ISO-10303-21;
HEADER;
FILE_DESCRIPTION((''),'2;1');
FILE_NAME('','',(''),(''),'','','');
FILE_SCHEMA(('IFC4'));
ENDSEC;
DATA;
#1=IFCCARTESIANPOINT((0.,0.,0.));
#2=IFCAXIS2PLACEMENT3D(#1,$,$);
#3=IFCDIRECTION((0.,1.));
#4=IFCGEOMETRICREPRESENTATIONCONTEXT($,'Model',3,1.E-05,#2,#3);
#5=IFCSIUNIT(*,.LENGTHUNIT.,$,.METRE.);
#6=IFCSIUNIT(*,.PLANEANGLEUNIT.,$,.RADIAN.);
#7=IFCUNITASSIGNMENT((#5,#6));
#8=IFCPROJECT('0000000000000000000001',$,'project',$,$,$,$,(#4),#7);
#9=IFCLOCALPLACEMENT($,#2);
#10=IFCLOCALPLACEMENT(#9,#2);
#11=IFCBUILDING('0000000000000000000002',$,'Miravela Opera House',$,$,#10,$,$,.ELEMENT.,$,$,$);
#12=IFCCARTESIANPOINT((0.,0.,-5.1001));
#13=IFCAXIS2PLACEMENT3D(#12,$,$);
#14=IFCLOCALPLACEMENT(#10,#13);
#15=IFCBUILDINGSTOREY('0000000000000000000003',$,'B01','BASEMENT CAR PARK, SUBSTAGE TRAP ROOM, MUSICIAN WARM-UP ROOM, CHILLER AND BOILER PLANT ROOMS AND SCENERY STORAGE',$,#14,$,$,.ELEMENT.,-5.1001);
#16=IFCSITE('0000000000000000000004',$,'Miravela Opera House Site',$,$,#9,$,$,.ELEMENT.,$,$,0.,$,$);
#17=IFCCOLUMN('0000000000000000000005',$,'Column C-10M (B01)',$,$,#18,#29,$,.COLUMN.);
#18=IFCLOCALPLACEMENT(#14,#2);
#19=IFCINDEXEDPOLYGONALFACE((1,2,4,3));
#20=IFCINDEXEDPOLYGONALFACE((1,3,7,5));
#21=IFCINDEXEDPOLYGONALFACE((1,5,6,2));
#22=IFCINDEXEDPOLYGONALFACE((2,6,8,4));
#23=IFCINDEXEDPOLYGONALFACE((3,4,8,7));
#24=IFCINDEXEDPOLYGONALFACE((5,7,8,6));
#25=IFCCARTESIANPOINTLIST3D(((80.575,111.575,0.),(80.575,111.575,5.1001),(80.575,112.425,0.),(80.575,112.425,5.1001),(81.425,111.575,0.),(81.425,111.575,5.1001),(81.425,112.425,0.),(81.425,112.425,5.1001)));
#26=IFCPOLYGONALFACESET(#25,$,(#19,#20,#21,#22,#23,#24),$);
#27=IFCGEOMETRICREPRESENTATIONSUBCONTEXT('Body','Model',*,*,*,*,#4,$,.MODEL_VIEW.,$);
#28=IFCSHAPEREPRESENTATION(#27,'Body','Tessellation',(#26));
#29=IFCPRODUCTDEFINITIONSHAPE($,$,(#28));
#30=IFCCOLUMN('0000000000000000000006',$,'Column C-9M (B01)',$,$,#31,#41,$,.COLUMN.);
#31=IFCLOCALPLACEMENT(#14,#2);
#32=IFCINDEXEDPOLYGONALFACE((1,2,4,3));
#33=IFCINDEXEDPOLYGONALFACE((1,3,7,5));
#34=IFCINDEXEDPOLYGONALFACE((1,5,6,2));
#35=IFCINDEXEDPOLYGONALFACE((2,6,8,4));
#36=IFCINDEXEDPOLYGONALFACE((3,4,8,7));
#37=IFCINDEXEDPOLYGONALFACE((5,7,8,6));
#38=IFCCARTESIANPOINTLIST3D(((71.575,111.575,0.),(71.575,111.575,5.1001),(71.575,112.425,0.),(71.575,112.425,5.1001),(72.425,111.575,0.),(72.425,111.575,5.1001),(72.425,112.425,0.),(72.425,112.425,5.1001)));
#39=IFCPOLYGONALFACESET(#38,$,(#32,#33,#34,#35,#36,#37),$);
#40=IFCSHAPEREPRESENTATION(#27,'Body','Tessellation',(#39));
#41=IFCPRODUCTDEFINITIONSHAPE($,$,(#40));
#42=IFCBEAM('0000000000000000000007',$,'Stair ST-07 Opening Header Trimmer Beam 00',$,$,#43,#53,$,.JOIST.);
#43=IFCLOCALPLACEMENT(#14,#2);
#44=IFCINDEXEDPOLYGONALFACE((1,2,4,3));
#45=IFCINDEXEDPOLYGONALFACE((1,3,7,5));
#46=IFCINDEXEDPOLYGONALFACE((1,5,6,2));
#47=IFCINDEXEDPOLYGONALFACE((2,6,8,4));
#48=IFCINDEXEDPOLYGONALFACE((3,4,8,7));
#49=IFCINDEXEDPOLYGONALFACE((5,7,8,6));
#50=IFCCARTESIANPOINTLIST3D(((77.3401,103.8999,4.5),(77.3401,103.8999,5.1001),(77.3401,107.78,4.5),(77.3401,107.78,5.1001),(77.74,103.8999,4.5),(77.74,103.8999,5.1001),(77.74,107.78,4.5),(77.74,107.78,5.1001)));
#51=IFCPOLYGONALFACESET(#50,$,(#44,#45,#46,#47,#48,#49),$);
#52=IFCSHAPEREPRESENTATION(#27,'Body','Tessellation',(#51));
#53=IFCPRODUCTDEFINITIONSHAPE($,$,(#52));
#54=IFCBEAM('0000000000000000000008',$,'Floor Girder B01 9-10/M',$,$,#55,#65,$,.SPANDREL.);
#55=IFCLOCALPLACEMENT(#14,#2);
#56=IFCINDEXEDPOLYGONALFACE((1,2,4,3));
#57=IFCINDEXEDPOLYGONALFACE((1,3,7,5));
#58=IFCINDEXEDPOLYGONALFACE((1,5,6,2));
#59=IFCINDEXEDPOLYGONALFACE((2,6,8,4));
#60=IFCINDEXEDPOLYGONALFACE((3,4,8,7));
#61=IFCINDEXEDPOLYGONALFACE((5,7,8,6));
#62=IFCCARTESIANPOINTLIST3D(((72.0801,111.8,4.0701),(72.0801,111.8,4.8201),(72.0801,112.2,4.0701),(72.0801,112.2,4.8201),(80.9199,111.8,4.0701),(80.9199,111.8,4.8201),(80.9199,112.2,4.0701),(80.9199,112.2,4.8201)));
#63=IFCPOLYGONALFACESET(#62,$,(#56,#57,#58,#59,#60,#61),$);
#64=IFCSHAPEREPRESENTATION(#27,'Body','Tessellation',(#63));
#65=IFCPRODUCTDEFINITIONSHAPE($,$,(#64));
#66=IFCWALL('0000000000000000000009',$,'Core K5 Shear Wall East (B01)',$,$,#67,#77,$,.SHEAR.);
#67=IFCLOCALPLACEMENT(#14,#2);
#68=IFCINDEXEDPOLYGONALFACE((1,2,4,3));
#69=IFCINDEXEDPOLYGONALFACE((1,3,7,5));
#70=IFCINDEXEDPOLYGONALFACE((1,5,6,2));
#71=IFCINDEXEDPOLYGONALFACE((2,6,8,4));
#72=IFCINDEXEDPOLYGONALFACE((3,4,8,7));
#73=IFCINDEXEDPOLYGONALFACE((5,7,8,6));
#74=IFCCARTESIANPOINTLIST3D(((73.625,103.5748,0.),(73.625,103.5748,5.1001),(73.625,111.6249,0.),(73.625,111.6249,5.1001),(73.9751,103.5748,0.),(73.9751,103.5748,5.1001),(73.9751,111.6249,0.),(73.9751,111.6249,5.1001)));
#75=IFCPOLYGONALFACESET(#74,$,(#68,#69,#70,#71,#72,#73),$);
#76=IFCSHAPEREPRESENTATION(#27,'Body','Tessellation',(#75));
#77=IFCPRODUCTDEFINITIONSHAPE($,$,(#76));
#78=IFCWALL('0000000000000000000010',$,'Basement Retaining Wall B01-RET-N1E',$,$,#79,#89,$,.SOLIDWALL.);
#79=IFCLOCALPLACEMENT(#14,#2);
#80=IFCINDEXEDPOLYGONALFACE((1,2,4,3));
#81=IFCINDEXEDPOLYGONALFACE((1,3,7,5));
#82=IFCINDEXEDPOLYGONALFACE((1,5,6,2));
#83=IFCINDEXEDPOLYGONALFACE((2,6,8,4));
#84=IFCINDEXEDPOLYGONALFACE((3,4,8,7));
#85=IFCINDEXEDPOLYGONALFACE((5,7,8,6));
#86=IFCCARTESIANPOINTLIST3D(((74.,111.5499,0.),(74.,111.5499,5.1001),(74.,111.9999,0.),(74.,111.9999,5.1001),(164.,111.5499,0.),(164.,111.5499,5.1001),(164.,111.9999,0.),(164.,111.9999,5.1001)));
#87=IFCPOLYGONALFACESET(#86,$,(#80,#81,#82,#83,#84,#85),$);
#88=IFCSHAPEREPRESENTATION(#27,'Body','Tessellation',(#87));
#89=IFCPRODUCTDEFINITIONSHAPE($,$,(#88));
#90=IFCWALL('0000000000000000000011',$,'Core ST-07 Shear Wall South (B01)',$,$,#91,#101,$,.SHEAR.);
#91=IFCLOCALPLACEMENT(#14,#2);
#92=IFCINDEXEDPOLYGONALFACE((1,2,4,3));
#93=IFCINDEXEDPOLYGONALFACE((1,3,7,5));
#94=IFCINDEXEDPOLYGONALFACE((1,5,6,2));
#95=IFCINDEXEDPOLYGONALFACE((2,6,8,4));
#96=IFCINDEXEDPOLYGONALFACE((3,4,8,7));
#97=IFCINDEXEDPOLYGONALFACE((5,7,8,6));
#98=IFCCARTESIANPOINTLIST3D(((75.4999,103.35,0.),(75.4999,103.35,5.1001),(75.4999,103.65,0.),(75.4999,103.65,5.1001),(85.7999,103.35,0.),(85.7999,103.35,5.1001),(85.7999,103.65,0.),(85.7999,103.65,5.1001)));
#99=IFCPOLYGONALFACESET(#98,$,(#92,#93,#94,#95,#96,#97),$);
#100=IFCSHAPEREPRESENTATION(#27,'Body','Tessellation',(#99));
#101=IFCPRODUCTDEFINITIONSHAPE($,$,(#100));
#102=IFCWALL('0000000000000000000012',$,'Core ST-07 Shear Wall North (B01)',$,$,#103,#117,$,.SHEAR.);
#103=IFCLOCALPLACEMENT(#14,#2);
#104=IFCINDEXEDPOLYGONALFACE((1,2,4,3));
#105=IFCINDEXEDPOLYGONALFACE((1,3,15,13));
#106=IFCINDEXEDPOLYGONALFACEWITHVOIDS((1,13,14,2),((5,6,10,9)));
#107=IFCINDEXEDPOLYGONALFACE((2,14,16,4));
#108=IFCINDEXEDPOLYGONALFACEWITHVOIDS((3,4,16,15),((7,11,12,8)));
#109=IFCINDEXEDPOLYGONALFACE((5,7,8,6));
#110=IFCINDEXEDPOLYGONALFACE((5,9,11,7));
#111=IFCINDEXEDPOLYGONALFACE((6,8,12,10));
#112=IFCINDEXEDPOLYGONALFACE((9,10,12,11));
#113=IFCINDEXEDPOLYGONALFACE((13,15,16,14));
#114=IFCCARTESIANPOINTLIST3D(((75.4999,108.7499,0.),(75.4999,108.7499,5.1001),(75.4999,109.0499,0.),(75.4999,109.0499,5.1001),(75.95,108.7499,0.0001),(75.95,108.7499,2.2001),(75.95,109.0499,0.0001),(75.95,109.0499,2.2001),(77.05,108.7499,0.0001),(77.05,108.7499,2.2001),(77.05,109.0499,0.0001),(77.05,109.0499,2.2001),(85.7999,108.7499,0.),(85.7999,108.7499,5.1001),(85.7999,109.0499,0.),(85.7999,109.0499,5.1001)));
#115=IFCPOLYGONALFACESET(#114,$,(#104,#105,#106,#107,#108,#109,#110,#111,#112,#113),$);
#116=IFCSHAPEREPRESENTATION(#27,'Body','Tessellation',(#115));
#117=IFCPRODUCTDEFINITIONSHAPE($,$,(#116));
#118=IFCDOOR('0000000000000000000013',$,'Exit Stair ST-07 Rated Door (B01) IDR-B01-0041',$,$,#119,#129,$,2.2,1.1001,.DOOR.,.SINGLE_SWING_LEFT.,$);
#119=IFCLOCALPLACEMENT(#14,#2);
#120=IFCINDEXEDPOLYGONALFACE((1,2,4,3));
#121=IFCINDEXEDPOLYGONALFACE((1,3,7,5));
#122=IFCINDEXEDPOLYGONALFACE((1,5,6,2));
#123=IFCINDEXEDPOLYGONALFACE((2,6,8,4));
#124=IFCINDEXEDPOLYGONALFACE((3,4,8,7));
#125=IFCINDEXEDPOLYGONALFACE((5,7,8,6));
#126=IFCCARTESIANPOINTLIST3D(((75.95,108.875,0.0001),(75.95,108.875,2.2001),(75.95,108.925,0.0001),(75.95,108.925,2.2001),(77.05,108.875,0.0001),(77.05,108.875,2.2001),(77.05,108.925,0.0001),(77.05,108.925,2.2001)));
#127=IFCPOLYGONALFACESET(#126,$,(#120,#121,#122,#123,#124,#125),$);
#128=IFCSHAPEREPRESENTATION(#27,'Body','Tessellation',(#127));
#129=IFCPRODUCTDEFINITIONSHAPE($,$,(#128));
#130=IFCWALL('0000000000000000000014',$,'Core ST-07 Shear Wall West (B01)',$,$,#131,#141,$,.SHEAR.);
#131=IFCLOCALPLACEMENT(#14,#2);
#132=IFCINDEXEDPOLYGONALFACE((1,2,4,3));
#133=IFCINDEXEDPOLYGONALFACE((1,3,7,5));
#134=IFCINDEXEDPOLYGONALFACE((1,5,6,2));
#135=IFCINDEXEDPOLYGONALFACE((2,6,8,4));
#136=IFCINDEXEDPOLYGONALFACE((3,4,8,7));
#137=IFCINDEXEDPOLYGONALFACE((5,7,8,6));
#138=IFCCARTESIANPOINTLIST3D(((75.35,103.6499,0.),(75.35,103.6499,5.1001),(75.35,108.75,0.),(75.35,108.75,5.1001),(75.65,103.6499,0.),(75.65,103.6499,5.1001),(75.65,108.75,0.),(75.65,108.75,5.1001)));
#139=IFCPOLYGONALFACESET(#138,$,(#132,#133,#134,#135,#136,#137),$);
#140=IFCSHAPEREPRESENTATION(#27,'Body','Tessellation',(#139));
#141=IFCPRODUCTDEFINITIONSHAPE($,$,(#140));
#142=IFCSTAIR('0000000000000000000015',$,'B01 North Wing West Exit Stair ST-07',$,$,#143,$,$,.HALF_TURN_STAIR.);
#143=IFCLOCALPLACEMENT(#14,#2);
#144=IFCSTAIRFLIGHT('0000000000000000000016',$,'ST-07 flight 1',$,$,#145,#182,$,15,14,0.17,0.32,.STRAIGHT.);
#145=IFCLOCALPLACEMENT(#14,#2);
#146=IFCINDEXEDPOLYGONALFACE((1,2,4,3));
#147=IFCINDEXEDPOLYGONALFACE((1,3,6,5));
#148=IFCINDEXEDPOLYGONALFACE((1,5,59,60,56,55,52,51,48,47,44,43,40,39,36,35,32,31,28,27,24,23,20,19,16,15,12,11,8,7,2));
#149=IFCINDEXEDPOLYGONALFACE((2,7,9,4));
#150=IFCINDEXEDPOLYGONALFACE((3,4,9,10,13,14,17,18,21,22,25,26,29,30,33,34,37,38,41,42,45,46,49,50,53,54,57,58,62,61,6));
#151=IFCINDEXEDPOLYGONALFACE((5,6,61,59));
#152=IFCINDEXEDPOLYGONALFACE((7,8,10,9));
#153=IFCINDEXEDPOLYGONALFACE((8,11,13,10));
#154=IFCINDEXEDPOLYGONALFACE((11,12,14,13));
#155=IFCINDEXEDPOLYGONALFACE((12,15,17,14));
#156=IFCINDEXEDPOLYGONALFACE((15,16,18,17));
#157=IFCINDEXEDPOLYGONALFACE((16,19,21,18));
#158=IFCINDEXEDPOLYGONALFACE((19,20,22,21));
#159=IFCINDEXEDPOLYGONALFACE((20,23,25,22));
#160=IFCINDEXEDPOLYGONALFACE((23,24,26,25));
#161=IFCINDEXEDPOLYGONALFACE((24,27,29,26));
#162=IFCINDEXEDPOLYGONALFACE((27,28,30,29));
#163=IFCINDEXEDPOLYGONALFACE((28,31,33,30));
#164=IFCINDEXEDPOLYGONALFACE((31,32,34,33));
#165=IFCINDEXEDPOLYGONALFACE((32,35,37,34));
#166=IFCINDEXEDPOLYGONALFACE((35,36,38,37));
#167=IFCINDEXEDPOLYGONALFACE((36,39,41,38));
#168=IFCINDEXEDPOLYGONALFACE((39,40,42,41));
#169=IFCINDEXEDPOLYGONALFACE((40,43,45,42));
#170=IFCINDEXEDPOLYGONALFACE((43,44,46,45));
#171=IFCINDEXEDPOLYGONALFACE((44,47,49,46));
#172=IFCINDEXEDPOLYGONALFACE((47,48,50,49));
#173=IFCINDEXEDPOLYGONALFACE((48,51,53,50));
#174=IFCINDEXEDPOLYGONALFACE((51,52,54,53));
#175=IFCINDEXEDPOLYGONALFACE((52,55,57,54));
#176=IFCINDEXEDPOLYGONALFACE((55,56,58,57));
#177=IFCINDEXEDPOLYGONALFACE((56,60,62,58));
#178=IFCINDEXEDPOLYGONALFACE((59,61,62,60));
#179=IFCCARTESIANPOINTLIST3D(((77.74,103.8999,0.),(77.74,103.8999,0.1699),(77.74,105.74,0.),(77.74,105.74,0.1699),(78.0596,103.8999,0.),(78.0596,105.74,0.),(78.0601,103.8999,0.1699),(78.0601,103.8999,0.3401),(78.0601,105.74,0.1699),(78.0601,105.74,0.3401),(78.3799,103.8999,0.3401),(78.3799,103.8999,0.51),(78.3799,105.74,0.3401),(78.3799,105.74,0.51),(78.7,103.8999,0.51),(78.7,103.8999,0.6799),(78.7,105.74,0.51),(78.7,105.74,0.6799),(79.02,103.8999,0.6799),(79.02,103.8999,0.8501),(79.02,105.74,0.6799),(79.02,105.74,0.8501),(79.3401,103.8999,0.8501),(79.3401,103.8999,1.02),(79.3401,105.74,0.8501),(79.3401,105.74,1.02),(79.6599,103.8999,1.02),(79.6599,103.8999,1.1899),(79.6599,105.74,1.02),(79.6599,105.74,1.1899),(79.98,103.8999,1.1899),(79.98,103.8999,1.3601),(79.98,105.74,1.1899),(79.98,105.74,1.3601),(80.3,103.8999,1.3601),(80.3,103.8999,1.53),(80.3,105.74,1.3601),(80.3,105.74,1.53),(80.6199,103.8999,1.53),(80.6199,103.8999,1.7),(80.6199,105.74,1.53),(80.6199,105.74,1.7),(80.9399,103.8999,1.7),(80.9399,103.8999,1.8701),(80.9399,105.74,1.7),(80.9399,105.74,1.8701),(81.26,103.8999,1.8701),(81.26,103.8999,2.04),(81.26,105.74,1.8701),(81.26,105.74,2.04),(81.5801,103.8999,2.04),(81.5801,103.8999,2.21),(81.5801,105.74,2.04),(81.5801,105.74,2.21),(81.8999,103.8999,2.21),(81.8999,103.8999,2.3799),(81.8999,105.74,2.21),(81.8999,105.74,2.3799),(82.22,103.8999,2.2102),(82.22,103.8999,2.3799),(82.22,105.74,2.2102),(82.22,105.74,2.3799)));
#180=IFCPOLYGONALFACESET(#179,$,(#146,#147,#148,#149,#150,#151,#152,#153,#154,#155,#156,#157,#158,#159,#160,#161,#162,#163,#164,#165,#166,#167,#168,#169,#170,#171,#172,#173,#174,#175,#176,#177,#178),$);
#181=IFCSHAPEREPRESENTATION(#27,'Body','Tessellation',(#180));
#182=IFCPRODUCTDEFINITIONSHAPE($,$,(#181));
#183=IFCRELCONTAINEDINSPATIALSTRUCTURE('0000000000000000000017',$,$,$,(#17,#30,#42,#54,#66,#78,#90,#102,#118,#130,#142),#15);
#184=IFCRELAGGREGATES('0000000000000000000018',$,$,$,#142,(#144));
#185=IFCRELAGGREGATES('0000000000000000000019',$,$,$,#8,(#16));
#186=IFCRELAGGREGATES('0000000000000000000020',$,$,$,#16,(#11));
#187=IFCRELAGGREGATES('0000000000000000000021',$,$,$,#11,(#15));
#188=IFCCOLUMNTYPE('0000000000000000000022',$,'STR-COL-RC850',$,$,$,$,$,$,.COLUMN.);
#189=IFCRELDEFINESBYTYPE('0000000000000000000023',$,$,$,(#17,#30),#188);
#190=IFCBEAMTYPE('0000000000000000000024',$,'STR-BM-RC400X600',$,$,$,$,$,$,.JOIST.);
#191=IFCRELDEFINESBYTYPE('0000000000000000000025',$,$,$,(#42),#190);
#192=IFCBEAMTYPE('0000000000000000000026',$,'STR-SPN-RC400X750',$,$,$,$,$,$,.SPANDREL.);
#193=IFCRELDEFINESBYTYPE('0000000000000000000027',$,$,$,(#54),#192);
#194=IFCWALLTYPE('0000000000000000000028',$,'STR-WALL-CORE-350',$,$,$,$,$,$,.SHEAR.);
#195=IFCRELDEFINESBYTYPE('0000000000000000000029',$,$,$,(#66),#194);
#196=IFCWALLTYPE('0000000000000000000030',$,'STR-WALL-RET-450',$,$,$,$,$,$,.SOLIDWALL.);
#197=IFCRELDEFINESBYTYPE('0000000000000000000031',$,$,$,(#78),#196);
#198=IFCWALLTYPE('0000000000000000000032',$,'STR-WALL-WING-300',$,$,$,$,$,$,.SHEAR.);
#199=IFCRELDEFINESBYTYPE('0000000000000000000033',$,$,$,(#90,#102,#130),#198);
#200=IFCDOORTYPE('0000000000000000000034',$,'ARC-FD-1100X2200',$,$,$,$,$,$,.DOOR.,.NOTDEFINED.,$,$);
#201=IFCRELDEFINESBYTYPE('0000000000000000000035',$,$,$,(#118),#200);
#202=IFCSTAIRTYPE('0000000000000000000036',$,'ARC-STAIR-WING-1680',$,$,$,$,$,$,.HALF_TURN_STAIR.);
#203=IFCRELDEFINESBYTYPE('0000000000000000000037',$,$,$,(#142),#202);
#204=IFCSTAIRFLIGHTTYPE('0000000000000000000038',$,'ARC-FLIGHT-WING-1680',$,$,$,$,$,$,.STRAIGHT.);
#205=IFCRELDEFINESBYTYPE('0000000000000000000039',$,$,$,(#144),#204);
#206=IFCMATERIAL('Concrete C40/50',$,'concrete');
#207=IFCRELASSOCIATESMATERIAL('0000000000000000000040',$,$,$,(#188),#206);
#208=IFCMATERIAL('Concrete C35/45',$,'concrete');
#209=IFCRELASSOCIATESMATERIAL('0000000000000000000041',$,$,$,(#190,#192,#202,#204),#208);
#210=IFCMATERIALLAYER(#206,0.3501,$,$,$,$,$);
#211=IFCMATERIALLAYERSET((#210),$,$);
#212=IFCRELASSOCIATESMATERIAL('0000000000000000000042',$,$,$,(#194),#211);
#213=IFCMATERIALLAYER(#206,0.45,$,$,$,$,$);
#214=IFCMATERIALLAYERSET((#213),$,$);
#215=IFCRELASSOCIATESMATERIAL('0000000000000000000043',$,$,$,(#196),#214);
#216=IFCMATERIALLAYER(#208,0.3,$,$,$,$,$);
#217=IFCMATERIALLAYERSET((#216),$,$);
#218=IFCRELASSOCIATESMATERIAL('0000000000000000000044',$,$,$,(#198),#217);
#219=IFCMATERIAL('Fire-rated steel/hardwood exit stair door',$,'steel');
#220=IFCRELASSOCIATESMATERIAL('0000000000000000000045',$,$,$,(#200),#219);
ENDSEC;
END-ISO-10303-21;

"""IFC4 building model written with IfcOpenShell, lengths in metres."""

from ifc_helpers import new_model, si_unit, direction, frame, frame_2d, origin, origin_2d, place, context, subcontext, project, spatial, polyline, rectangle, outline, extrude, material, layer, layer_set, material_profile, profile_set, type_object, element, fill, aggregate, save


model = new_model("IFC4")

# Units and contexts
model_context = context("Model", 3, precision=1e-05, world=origin(), true_north=direction((0.0, 1.0)))
body_context = subcontext(model_context, "Body", "Model", "MODEL_VIEW")
ifc_project = project(units=[si_unit("LENGTHUNIT", "METRE"), si_unit("PLANEANGLEUNIT", "RADIAN")], contexts=[model_context])

# Site, building, storey
site_placement = place(None, origin())
site = spatial("IfcSite", under=ifc_project, at=site_placement, Name="Miravela Opera House Site", CompositionType="ELEMENT", RefElevation=0.0)
building_placement = place(site_placement, origin())
building = spatial("IfcBuilding", under=site, at=building_placement, Name="Miravela Opera House", CompositionType="ELEMENT")
storey_placement = place(building_placement, frame((0.0, 0.0, -5.1001)))
storey = spatial("IfcBuildingStorey", under=building, at=storey_placement, Name="B01", Description="BASEMENT CAR PARK, SUBSTAGE TRAP ROOM, MUSICIAN WARM-UP ROOM, CHILLER AND BOILER PLANT ROOMS AND SCENERY STORAGE", CompositionType="ELEMENT", Elevation=-5.1001)

# Shared definitions
ifc_material_1 = material(Name="Concrete C35/45", Category="concrete")

# Columns
ifc_material_2 = material(Name="Concrete C40/50", Category="concrete")
ifc_material_profile_1 = material_profile(ifc_material_2, rectangle(XDim=0.8501, YDim=0.8501, at=origin_2d()), Name="RC-COL-850X850")
ifc_profile_set_1 = profile_set([ifc_material_profile_1])
column_type_1 = type_object("IfcColumnType", Name="STR-COL-RC850", PredefinedType="COLUMN", material=ifc_profile_set_1)
for number, where, z_axis, x_axis, name in (
    (1, (81.0, 112.0, 0.0), (0.0, 0.0, 1.0), (1.0, 0.0, 0.0), "Column C-10M (B01)"),
    (2, (72.0, 112.0, 0.0), (0.0, 0.0, 1.0), (1.0, 0.0, 0.0), "Column C-9M (B01)"),
):
    element("IfcColumn", number, at=place(storey_placement, frame(where, z_axis=z_axis, x_axis=x_axis)), inside=storey, type_object=column_type_1, Name=name, PredefinedType="COLUMN", context=body_context, shape_type="SweptSolid", body=[
        extrude(rectangle(XDim=0.8501, YDim=0.8501, at=origin_2d()), origin(), (0.0, 0.0, 1.0), 5.1001),
    ])

# Beams
ifc_material_profile_2 = material_profile(ifc_material_1, rectangle(XDim=0.3999, YDim=0.6001, at=origin_2d()), Name="RC-BM-400X600")
ifc_profile_set_2 = profile_set([ifc_material_profile_2])
beam_type_1 = type_object("IfcBeamType", Name="STR-BM-RC400X600", PredefinedType="JOIST", material=ifc_profile_set_2)
beam_1_placement = place(storey_placement, frame((77.54, 103.8999, 4.8), z_axis=(0.0, 1.0, 0.0), x_axis=(-1.0, 0.0, 0.0)))
element("IfcBeam", 3, at=beam_1_placement, inside=storey, type_object=beam_type_1, Name="Stair ST-07 Opening Header Trimmer Beam 00", PredefinedType="JOIST", context=body_context, shape_type="SweptSolid", body=[
    extrude(rectangle(XDim=0.3999, YDim=0.6001, at=origin_2d()), origin(), (0.0, 0.0, 1.0), 3.8801),
])
ifc_material_profile_3 = material_profile(ifc_material_1, rectangle(XDim=0.3999, YDim=0.75, at=origin_2d()), Name="RC-SPN-400X750")
ifc_profile_set_3 = profile_set([ifc_material_profile_3])
beam_type_2 = type_object("IfcBeamType", Name="STR-SPN-RC400X750", PredefinedType="SPANDREL", material=ifc_profile_set_3)
beam_2_placement = place(storey_placement, frame((72.0801, 112.0, 4.4451), z_axis=(1.0, 0.0, 0.0), x_axis=(0.0, 1.0, 0.0)))
element("IfcBeam", 4, at=beam_2_placement, inside=storey, type_object=beam_type_2, Name="Floor Girder B01 9-10/M", PredefinedType="SPANDREL", context=body_context, shape_type="SweptSolid", body=[
    extrude(rectangle(XDim=0.3999, YDim=0.75, at=origin_2d()), origin(), (0.0, 0.0, 1.0), 8.8398),
])

# Walls
ifc_layer_1 = layer(ifc_material_2, 0.3501)
ifc_layer_set_1 = layer_set([ifc_layer_1])
wall_type_1 = type_object("IfcWallType", Name="STR-WALL-CORE-350", PredefinedType="SHEAR", material=ifc_layer_set_1)
wall_1_placement = place(storey_placement, frame((73.8, 103.575, 0.0), z_axis=(0.0, 0.0, 1.0), x_axis=(0.0, 1.0, 0.0)))
element("IfcWall", 5, at=wall_1_placement, inside=storey, type_object=wall_type_1, Name="Core K5 Shear Wall East (B01)", PredefinedType="SHEAR", context=body_context, shape_type="SweptSolid", body=[
    extrude(rectangle(XDim=8.05, YDim=0.3501, at=frame_2d((4.0249, 0.0))), origin(), (0.0, 0.0, 1.0), 5.1001),
])
ifc_layer_2 = layer(ifc_material_2, 0.45)
ifc_layer_set_2 = layer_set([ifc_layer_2])
wall_type_2 = type_object("IfcWallType", Name="STR-WALL-RET-450", PredefinedType="SOLIDWALL", material=ifc_layer_set_2)
wall_2_placement = place(storey_placement, frame((74.0, 111.7749, 0.0), z_axis=(0.0, 0.0, 1.0), x_axis=(1.0, 0.0, 0.0)))
element("IfcWall", 6, at=wall_2_placement, inside=storey, type_object=wall_type_2, Name="Basement Retaining Wall B01-RET-N1E", PredefinedType="SOLIDWALL", context=body_context, shape_type="SweptSolid", body=[
    extrude(rectangle(XDim=90.0, YDim=0.45, at=frame_2d((45.0, 0.0))), origin(), (0.0, 0.0, 1.0), 5.1001),
])
ifc_layer_3 = layer(ifc_material_1, 0.3)
ifc_layer_set_3 = layer_set([ifc_layer_3])
wall_type_3 = type_object("IfcWallType", Name="STR-WALL-WING-300", PredefinedType="SHEAR", material=ifc_layer_set_3)
wall_3_placement = place(storey_placement, frame((75.5, 103.5, 0.0), z_axis=(0.0, 0.0, 1.0), x_axis=(1.0, 0.0, 0.0)))
element("IfcWall", 7, at=wall_3_placement, inside=storey, type_object=wall_type_3, Name="Core ST-07 Shear Wall South (B01)", PredefinedType="SHEAR", context=body_context, shape_type="SweptSolid", body=[
    extrude(rectangle(XDim=10.3, YDim=0.3, at=frame_2d((5.1499, 0.0))), origin(), (0.0, 0.0, 1.0), 5.1001),
])

# Wall, opening, door
wall_4_placement = place(storey_placement, frame((75.5, 108.8999, 0.0), z_axis=(0.0, 0.0, 1.0), x_axis=(1.0, 0.0, 0.0)))
wall_4 = element("IfcWall", 8, at=wall_4_placement, inside=storey, type_object=wall_type_3, Name="Core ST-07 Shear Wall North (B01)", PredefinedType="SHEAR", context=body_context, shape_type="SweptSolid", body=[
    extrude(rectangle(XDim=10.3, YDim=0.3, at=frame_2d((5.1499, 0.0))), origin(), (0.0, 0.0, 1.0), 5.1001),
])
opening_placement = place(wall_4_placement, frame((0.45, 0.0, 0.0)))
opening = element("IfcOpeningElement", 9, at=opening_placement, cuts=wall_4, PredefinedType="OPENING", context=body_context, shape_type="SweptSolid", body=[
    extrude(rectangle(XDim=1.1001, YDim=2.2, at=frame_2d((0.55, 1.1001))), frame((0.0, 0.1599, 0.0), z_axis=(0.0, -1.0, 0.0), x_axis=(1.0, 0.0, 0.0)), (0.0, 0.0, 1.0), 0.3201),
])
ifc_material_3 = material(Name="Fire-rated steel/hardwood exit stair door", Category="steel")
door_type = type_object("IfcDoorType", Name="ARC-FD-1100X2200", OperationType="NOTDEFINED", PredefinedType="DOOR", material=ifc_material_3)
door_placement = place(opening_placement, frame((1.1001, 0.0, 0.0), z_axis=(0.0, 0.0, 1.0), x_axis=(-1.0, 0.0, 0.0)))
door = element("IfcDoor", 10, at=door_placement, inside=storey, type_object=door_type, Name="Exit Stair ST-07 Rated Door (B01) IDR-B01-0041", OperationType="SINGLE_SWING_LEFT", OverallHeight=2.2, OverallWidth=1.1001, PredefinedType="DOOR", context=body_context, shape_type="SweptSolid", body=[
    extrude(rectangle(XDim=1.1001, YDim=2.2, at=frame_2d((0.55, 1.1001))), frame((0.0, 0.0249, 0.0), z_axis=(0.0, -1.0, 0.0), x_axis=(1.0, 0.0, 0.0)), (0.0, 0.0, 1.0), 0.05),
])
fill(opening, door)

# Wall
wall_5_placement = place(storey_placement, frame((75.5, 103.6499, 0.0), z_axis=(0.0, 0.0, 1.0), x_axis=(0.0, 1.0, 0.0)))
element("IfcWall", 11, at=wall_5_placement, inside=storey, type_object=wall_type_3, Name="Core ST-07 Shear Wall West (B01)", PredefinedType="SHEAR", context=body_context, shape_type="SweptSolid", body=[
    extrude(rectangle(XDim=5.1001, YDim=0.3, at=frame_2d((2.55, 0.0))), origin(), (0.0, 0.0, 1.0), 5.1001),
])

# Stair, stair flight
stair_type = type_object("IfcStairType", Name="ARC-STAIR-WING-1680", PredefinedType="HALF_TURN_STAIR", material=ifc_material_1)
stair_placement = place(storey_placement, origin())
stair = element("IfcStair", 12, at=stair_placement, inside=storey, type_object=stair_type, Name="B01 North Wing West Exit Stair ST-07", PredefinedType="HALF_TURN_STAIR")
stair_flight_type = type_object("IfcStairFlightType", Name="ARC-FLIGHT-WING-1680", PredefinedType="STRAIGHT", material=ifc_material_1)
stair_flight_placement = place(storey_placement, frame((77.74, 104.8201, 0.0), z_axis=(0.0, 0.0, 1.0), x_axis=(1.0, 0.0, 0.0)))
stair_flight = element("IfcStairFlight", 13, at=stair_flight_placement, type_object=stair_flight_type, Name="ST-07 flight 1", NumberOfRisers=15, NumberOfTreads=14, PredefinedType="STRAIGHT", RiserHeight=0.17, TreadLength=0.32, context=body_context, shape_type="SweptSolid", body=[
    extrude(outline(polyline([(0.0, 0.0), (0.0, 0.1699), (0.3201, 0.1699), (0.3201, 0.3401), (0.6399, 0.3401), (0.6399, 0.51), (0.96, 0.51), (0.96, 0.6799), (1.28, 0.6799), (1.28, 0.8501), (1.6001, 0.8501), (1.6001, 1.02), (1.9199, 1.02), (1.9199, 1.1899), (2.24, 1.1899), (2.24, 1.3601), (2.5601, 1.3601), (2.5601, 1.53), (2.8799, 1.53), (2.8799, 1.7), (3.2, 1.7), (3.2, 1.8701), (3.52, 1.8701), (3.52, 2.04), (3.8401, 2.04), (3.8401, 2.21), (4.1599, 2.21), (4.1599, 2.3799), (4.48, 2.3799), (4.48, 2.55), (4.48, 2.2102), (0.3196, 0.0), (0.0, 0.0)])), frame((0.0, 0.9199, 0.0), z_axis=(0.0, -1.0, 0.0), x_axis=(1.0, 0.0, 0.0)), (0.0, 0.0, 1.0), 1.8401),
])
aggregate(stair, [stair_flight])

save(model, "model.ifc")
